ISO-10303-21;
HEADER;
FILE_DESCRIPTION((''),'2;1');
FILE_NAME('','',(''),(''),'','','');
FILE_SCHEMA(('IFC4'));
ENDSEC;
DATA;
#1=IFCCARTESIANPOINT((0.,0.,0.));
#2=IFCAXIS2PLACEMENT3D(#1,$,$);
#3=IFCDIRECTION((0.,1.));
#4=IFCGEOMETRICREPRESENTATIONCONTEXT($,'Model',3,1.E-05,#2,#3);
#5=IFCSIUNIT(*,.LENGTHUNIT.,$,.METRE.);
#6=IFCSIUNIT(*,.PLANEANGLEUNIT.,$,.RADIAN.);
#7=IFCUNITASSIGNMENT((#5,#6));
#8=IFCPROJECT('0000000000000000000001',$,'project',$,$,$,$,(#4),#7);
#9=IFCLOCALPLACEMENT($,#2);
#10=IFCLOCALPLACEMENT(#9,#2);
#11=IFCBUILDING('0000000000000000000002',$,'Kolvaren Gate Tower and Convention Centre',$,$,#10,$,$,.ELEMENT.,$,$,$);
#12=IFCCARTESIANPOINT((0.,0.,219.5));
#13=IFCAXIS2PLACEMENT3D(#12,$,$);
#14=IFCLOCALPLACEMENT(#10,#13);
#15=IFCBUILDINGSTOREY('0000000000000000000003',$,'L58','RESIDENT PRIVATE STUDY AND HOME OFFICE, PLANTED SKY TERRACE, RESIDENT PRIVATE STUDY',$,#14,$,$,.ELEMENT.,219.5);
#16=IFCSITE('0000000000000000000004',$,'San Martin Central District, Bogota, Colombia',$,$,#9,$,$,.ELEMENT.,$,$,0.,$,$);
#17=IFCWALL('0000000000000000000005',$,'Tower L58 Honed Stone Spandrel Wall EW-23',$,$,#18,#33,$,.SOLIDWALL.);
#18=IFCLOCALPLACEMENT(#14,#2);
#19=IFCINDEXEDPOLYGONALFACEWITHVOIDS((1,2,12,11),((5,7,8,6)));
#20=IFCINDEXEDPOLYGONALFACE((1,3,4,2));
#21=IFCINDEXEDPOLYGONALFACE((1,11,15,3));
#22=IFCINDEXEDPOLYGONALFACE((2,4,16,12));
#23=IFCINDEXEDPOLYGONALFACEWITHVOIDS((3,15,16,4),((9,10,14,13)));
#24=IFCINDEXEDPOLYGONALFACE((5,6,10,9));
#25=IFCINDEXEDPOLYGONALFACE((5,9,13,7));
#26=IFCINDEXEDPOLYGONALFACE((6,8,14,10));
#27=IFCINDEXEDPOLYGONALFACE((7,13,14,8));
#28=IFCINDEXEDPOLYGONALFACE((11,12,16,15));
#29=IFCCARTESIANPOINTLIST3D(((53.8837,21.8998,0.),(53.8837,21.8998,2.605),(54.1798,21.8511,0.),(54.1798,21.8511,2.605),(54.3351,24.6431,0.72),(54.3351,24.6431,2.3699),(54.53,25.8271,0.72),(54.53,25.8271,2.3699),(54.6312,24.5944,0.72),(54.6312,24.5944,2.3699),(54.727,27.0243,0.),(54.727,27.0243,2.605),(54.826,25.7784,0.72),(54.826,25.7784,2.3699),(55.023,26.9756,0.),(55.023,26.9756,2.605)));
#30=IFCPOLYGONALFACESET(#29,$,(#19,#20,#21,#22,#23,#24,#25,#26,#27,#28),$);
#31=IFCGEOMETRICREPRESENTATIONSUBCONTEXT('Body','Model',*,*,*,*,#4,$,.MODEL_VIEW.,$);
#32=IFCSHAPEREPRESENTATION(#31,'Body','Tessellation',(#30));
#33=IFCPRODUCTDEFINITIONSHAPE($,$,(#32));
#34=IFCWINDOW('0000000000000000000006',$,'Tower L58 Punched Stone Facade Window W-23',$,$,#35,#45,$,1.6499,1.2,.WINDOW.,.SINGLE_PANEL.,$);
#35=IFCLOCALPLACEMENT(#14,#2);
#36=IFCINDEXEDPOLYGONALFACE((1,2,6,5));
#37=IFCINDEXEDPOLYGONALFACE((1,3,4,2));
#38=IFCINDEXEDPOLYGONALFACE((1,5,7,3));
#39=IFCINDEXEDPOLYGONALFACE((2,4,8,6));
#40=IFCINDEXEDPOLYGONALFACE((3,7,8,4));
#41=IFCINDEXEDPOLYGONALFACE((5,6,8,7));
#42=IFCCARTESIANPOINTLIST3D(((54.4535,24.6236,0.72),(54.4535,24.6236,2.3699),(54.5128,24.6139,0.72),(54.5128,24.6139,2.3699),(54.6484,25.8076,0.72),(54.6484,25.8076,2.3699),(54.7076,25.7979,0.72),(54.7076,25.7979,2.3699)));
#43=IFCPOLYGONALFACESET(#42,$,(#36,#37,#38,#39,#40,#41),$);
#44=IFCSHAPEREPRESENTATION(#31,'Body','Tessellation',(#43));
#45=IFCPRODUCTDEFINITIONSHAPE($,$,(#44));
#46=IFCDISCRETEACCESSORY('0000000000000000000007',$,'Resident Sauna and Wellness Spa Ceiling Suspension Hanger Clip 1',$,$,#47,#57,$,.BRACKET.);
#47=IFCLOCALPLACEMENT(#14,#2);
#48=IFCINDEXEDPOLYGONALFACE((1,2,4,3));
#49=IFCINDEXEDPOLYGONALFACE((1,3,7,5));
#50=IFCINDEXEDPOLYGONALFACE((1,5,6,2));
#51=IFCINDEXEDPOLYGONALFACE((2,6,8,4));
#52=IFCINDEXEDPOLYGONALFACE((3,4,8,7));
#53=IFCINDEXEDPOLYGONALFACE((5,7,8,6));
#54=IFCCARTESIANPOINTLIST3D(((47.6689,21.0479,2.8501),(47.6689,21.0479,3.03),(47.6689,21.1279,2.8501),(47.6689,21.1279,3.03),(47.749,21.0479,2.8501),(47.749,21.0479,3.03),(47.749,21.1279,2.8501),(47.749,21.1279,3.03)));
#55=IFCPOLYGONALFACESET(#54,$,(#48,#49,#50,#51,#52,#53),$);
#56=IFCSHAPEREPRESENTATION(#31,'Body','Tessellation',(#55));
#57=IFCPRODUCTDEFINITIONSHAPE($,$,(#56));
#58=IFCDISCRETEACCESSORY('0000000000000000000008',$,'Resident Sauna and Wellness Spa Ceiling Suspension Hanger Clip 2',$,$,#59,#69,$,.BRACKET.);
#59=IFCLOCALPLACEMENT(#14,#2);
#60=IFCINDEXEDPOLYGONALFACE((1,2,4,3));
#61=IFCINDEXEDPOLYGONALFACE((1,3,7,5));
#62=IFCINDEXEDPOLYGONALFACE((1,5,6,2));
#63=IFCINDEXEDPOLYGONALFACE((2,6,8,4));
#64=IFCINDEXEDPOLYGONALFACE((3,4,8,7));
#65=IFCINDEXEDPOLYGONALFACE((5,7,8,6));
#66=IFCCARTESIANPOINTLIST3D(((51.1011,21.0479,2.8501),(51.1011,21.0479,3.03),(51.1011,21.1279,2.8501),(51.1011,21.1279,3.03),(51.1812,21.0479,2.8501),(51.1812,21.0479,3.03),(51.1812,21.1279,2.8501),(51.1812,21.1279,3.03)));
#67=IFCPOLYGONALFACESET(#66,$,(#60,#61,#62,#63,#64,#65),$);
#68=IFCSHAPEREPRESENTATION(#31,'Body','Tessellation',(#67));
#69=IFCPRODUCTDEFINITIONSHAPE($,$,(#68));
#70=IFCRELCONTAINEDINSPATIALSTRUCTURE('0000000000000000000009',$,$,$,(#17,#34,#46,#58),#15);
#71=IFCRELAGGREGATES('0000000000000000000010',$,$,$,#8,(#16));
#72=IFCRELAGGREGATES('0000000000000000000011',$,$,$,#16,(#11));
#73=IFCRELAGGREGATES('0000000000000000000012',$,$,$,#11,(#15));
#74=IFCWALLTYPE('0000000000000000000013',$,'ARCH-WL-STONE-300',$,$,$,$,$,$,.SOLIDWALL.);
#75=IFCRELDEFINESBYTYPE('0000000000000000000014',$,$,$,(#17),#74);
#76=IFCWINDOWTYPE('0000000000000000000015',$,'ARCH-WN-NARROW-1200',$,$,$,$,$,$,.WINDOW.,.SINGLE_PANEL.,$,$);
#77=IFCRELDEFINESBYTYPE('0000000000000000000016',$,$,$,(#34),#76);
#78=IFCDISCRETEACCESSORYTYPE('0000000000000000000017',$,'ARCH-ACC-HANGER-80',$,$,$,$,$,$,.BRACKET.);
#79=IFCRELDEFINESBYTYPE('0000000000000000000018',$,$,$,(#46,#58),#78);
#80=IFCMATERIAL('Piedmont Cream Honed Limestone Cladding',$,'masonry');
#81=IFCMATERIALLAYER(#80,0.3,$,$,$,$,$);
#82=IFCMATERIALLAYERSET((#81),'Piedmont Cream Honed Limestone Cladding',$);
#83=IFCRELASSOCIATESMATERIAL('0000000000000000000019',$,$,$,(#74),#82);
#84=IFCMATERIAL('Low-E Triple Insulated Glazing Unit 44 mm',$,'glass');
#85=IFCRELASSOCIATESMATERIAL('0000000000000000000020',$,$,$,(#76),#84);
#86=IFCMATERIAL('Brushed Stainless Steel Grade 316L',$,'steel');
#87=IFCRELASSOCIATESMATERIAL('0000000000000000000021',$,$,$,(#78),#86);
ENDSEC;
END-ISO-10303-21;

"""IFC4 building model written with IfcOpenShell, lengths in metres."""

from ifc_helpers import new_model, si_unit, direction, frame, frame_2d, origin, origin_2d, place, context, subcontext, project, spatial, rectangle, extrude, material, layer, layer_set, type_object, element, fill, save


model = new_model("IFC4")

# Units and contexts
model_context = context("Model", 3, precision=1e-05, world=origin(), true_north=direction((0.0, 1.0)))
body_context = subcontext(model_context, "Body", "Model", "MODEL_VIEW")
ifc_project = project(units=[si_unit("LENGTHUNIT", "METRE"), si_unit("PLANEANGLEUNIT", "RADIAN")], contexts=[model_context])

# Site, building, storey
site_placement = place(None, origin())
site = spatial("IfcSite", under=ifc_project, at=site_placement, Name="San Martin Central District, Bogota, Colombia", CompositionType="ELEMENT", RefElevation=0.0)
building_placement = place(site_placement, origin())
building = spatial("IfcBuilding", under=site, at=building_placement, Name="Kolvaren Gate Tower and Convention Centre", CompositionType="ELEMENT")
storey_placement = place(building_placement, frame((0.0, 0.0, 219.5)))
storey = spatial("IfcBuildingStorey", under=building, at=storey_placement, Name="L58", Description="RESIDENT PRIVATE STUDY AND HOME OFFICE, PLANTED SKY TERRACE, RESIDENT PRIVATE STUDY", CompositionType="ELEMENT", Elevation=219.5)

# Shared definitions
ifc_material_1 = material(Name="Low-E Triple Insulated Glazing Unit 44 mm", Category="glass")

# Shared definitions
ifc_material_2 = material(Name="Piedmont Cream Honed Limestone Cladding", Category="masonry")

# Shared definitions
ifc_layer_1 = layer(ifc_material_2, 0.3)
ifc_layer_set_1 = layer_set([ifc_layer_1], Name="Piedmont Cream Honed Limestone Cladding")
wall_type_1 = type_object("IfcWallType", Name="ARCH-WL-STONE-300", PredefinedType="SOLIDWALL", material=ifc_layer_set_1)

# Wall, opening, window
wall_1_placement = place(storey_placement, frame((54.0317, 21.8755, 0.0), z_axis=(0.0, 0.0, 1.0), x_axis=(0.162371, 0.98673, 0.0)))
wall_1 = element("IfcWall", 1, at=wall_1_placement, inside=storey, type_object=wall_type_1, Name="Tower L58 Honed Stone Spandrel Wall EW-23", PredefinedType="SOLIDWALL", context=body_context, shape_type="SweptSolid", body=[
    extrude(rectangle(XDim=5.1934, YDim=0.3, at=frame_2d((2.5967, 0.0))), origin(), (0.0, 0.0, 1.0), 2.605),
])
opening_1_placement = place(wall_1_placement, frame((2.78, 0.0, 0.72)))
opening_1 = element("IfcOpeningElement", 2, at=opening_1_placement, cuts=wall_1, PredefinedType="OPENING", context=body_context, shape_type="SweptSolid", body=[
    extrude(rectangle(XDim=1.2, YDim=1.6499, at=frame_2d((0.6001, 0.825))), frame((0.0, 0.1599, 0.0), z_axis=(0.0, -1.0, 0.0), x_axis=(1.0, 0.0, 0.0)), (0.0, 0.0, 1.0), 0.3201),
])
window_type_1 = type_object("IfcWindowType", Name="ARCH-WN-NARROW-1200", PartitioningType="SINGLE_PANEL", PredefinedType="WINDOW", material=ifc_material_1)
window_1_placement = place(opening_1_placement, origin())
window_1 = element("IfcWindow", 3, at=window_1_placement, inside=storey, type_object=window_type_1, Name="Tower L58 Punched Stone Facade Window W-23", OverallHeight=1.6499, OverallWidth=1.2, PartitioningType="SINGLE_PANEL", PredefinedType="WINDOW", context=body_context, shape_type="SweptSolid", body=[
    extrude(rectangle(XDim=1.2, YDim=1.6499, at=frame_2d((0.6001, 0.825))), frame((0.0, 0.03, 0.0), z_axis=(0.0, -1.0, 0.0), x_axis=(1.0, 0.0, 0.0)), (0.0, 0.0, 1.0), 0.0601),
])
fill(opening_1, window_1)

# Shared definitions
ifc_material_3 = material(Name="Brushed Stainless Steel Grade 316L", Category="steel")

# Discrete accessories
discrete_accessory_type = type_object("IfcDiscreteAccessoryType", Name="ARCH-ACC-HANGER-80", PredefinedType="BRACKET", material=ifc_material_3)
for number, where, z_axis, x_axis, name in (
    (4, (47.709, 21.0879, 2.8501), (0.0, 0.0, 1.0), (1.0, 0.0, 0.0), "Resident Sauna and Wellness Spa Ceiling Suspension Hanger Clip 1"),
    (5, (51.1411, 21.0879, 2.8501), (0.0, 0.0, 1.0), (1.0, 0.0, 0.0), "Resident Sauna and Wellness Spa Ceiling Suspension Hanger Clip 2"),
):
    element("IfcDiscreteAccessory", number, at=place(storey_placement, frame(where, z_axis=z_axis, x_axis=x_axis)), inside=storey, type_object=discrete_accessory_type, Name=name, PredefinedType="BRACKET", context=body_context, shape_type="SweptSolid", body=[
        extrude(rectangle(XDim=0.0801, YDim=0.0801, at=origin_2d()), origin(), (0.0, 0.0, 1.0), 0.1799),
    ])

save(model, "model.ifc")
